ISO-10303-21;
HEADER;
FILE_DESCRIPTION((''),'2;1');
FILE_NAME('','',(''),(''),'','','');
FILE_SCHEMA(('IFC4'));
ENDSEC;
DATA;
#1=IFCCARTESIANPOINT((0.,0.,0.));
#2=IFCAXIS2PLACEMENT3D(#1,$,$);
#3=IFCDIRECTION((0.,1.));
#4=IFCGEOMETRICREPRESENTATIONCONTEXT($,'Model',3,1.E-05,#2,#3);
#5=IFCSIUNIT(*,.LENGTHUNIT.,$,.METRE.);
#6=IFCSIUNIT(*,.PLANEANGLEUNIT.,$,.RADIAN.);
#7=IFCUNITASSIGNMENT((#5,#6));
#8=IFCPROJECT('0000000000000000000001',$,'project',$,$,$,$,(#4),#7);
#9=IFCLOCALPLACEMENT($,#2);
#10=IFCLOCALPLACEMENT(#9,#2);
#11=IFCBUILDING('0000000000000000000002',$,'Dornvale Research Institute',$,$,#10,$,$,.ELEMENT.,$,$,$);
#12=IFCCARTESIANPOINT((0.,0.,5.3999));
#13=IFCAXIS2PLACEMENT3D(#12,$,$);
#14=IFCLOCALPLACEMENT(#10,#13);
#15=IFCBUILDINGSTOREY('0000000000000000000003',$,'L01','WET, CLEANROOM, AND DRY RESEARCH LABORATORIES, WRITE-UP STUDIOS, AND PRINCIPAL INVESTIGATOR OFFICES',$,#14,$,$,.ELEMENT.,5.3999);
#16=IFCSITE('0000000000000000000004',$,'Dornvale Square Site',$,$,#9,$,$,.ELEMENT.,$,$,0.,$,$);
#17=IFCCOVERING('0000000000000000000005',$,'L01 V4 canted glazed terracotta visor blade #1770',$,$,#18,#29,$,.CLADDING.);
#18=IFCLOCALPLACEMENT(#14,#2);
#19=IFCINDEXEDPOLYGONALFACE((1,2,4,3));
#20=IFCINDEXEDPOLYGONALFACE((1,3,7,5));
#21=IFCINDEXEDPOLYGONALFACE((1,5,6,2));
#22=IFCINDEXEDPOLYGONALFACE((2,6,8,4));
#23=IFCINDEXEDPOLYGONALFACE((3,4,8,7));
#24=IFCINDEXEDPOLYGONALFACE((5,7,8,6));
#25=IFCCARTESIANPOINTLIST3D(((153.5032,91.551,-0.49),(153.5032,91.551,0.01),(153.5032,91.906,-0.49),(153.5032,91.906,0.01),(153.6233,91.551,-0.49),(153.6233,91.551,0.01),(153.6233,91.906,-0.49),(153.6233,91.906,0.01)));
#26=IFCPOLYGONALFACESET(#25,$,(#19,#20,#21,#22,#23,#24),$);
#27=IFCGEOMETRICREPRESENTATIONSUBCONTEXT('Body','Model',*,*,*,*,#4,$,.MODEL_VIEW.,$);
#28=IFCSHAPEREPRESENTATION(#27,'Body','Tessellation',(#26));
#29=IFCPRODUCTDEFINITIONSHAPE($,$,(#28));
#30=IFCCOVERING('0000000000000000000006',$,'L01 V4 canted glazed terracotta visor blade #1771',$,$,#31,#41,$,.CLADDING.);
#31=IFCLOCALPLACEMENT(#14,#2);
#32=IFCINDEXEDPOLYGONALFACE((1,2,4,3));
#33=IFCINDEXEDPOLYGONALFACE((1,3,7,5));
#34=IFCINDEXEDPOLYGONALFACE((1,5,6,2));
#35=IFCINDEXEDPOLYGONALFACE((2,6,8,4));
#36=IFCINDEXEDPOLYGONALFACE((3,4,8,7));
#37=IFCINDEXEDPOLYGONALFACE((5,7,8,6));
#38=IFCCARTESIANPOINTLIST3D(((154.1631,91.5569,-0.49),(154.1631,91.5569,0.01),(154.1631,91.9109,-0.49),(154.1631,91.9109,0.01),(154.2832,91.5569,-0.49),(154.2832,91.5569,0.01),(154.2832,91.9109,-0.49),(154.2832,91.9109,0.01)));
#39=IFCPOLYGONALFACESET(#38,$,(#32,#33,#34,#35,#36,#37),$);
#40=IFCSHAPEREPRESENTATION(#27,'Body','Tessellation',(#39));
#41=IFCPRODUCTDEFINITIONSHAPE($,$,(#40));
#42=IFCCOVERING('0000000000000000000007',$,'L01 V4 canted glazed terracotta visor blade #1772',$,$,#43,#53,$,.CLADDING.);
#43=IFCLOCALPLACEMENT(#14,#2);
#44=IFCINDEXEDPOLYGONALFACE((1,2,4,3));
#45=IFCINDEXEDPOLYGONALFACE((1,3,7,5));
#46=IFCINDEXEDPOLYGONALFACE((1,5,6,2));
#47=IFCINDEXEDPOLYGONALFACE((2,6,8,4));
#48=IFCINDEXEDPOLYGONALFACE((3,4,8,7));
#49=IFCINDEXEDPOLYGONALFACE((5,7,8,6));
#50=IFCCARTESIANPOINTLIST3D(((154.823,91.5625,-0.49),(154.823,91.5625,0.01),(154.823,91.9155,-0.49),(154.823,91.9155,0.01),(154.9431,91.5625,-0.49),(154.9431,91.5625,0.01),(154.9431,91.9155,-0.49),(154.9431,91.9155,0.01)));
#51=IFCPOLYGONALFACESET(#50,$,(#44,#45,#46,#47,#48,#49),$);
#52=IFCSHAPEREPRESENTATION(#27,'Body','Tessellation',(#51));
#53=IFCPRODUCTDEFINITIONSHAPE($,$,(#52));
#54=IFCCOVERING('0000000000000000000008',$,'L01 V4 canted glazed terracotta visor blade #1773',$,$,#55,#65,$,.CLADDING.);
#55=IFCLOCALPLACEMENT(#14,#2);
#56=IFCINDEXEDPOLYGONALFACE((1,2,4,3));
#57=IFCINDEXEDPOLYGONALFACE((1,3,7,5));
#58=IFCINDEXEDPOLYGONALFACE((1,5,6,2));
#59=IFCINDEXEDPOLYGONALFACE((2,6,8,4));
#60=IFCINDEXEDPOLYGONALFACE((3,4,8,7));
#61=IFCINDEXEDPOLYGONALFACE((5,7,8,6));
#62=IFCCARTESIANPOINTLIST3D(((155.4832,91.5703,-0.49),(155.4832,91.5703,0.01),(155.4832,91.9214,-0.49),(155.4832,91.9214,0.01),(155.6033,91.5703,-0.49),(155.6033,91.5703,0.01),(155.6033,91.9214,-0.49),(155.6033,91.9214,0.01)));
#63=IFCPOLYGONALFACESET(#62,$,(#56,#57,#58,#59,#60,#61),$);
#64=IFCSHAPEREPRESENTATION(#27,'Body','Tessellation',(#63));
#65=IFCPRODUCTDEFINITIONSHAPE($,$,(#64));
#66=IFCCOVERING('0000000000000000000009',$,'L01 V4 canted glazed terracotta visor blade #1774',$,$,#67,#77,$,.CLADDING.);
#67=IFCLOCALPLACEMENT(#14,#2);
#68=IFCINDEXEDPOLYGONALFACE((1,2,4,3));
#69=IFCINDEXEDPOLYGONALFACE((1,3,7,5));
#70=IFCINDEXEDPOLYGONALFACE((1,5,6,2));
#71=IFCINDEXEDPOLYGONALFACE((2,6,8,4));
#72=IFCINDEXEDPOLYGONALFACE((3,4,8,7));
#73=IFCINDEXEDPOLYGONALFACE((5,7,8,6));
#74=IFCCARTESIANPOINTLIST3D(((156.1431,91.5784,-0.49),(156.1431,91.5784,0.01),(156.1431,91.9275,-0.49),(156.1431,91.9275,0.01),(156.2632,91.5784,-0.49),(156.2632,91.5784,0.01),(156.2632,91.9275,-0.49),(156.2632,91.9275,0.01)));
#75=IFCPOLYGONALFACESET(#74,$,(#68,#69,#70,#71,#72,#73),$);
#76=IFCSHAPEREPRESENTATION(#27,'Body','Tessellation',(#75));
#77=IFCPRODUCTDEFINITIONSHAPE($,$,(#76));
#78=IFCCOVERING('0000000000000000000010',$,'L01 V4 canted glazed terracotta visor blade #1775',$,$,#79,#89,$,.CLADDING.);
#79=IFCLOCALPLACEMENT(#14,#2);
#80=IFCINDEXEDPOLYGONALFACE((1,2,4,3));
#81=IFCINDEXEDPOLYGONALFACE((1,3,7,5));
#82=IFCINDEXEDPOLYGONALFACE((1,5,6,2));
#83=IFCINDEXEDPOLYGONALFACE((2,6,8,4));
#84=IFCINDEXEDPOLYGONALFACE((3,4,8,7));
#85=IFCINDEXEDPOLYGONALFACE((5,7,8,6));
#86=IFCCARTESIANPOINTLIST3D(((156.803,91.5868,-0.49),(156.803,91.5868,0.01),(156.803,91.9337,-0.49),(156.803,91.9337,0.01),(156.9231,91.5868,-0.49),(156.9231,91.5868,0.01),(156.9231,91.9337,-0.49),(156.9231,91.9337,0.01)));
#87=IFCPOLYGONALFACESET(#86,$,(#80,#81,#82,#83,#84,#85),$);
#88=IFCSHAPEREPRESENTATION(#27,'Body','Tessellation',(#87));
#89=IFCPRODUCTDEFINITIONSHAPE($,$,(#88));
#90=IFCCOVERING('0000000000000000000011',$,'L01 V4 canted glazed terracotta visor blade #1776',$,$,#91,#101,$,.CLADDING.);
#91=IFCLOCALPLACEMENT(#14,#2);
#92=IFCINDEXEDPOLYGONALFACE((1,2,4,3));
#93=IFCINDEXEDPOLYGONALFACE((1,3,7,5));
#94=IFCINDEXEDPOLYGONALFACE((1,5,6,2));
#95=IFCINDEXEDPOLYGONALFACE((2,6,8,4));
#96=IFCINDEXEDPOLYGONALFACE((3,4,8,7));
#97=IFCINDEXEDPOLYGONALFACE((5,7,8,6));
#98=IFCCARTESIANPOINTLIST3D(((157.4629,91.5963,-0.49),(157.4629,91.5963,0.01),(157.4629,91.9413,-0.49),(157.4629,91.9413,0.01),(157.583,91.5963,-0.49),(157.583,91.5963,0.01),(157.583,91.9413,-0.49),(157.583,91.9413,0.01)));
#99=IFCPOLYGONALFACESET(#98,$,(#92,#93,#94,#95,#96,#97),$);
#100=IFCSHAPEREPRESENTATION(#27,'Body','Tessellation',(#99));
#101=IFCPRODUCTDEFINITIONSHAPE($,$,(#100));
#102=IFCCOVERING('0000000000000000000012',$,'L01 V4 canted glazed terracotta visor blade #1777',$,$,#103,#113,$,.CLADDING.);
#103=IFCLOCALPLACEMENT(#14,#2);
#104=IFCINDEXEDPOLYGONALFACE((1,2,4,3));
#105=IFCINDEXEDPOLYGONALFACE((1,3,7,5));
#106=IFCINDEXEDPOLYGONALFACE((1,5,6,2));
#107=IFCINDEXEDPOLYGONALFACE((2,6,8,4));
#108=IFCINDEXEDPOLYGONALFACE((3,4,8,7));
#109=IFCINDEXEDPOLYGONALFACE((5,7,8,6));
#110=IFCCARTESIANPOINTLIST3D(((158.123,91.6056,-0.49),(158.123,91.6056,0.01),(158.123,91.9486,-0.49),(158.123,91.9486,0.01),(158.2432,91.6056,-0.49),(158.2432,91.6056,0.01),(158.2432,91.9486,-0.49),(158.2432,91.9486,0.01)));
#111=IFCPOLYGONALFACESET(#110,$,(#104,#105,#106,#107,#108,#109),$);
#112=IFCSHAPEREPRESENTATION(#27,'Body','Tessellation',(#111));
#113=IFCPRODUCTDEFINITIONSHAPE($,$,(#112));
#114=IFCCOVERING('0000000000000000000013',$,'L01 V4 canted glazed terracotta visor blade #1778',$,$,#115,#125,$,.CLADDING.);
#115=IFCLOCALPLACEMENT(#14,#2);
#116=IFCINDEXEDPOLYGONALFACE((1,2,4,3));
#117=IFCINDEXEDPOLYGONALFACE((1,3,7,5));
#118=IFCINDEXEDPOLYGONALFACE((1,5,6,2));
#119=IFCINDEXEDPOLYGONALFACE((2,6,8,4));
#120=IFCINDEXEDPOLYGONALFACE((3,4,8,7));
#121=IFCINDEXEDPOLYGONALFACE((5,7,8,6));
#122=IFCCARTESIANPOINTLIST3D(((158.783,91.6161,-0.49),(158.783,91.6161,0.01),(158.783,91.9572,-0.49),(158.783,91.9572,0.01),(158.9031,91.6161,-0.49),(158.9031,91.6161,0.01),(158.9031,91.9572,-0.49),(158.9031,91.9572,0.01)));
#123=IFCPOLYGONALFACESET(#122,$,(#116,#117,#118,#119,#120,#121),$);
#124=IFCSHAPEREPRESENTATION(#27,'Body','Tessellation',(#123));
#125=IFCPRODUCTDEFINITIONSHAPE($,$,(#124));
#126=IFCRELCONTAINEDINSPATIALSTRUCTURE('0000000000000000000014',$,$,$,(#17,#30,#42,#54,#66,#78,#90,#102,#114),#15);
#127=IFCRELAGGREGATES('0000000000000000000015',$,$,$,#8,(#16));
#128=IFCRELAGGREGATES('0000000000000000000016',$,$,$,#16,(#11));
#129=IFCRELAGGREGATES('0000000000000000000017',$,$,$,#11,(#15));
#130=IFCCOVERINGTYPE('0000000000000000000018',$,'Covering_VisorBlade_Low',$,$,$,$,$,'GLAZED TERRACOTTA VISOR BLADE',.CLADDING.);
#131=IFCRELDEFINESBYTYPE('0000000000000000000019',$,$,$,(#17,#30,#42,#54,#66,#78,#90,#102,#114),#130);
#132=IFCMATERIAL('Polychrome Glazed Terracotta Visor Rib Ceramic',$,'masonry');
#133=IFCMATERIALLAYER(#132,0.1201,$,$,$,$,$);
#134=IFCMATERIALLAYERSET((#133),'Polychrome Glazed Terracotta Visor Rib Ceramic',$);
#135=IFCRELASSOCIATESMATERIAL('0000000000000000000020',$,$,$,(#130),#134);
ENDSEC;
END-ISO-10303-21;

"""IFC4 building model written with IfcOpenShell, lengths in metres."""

from ifc_helpers import new_model, si_unit, direction, frame, origin, origin_2d, place, context, subcontext, project, spatial, rectangle, extrude, material, layer, layer_set, type_object, element, save


model = new_model("IFC4")

# Units and contexts
model_context = context("Model", 3, precision=1e-05, world=origin(), true_north=direction((0.0, 1.0)))
body_context = subcontext(model_context, "Body", "Model", "MODEL_VIEW")
ifc_project = project(units=[si_unit("LENGTHUNIT", "METRE"), si_unit("PLANEANGLEUNIT", "RADIAN")], contexts=[model_context])

# Site, building, storey
site_placement = place(None, origin())
site = spatial("IfcSite", under=ifc_project, at=site_placement, Name="Dornvale Square Site", CompositionType="ELEMENT", RefElevation=0.0)
building_placement = place(site_placement, origin())
building = spatial("IfcBuilding", under=site, at=building_placement, Name="Dornvale Research Institute", CompositionType="ELEMENT")
storey_placement = place(building_placement, frame((0.0, 0.0, 5.3999)))
storey = spatial("IfcBuildingStorey", under=building, at=storey_placement, Name="L01", Description="WET, CLEANROOM, AND DRY RESEARCH LABORATORIES, WRITE-UP STUDIOS, AND PRINCIPAL INVESTIGATOR OFFICES", CompositionType="ELEMENT", Elevation=5.3999)

# Coverings
ifc_material_1 = material(Name="Polychrome Glazed Terracotta Visor Rib Ceramic", Category="masonry")
ifc_layer_1 = layer(ifc_material_1, 0.1201)
ifc_layer_set_1 = layer_set([ifc_layer_1], Name="Polychrome Glazed Terracotta Visor Rib Ceramic")
covering_type = type_object("IfcCoveringType", Name="Covering_VisorBlade_Low", ElementType="GLAZED TERRACOTTA VISOR BLADE", PredefinedType="CLADDING", material=ifc_layer_set_1)
covering_1_placement = place(storey_placement, frame((153.5632, 91.7285, -0.49), z_axis=(0.0, 0.0, 1.0), x_axis=(0.0, 1.0, 0.0)))
element("IfcCovering", 1, at=covering_1_placement, inside=storey, type_object=covering_type, Name="L01 V4 canted glazed terracotta visor blade #1770", PredefinedType="CLADDING", context=body_context, shape_type="SweptSolid", body=[
    extrude(rectangle(XDim=0.355, YDim=0.1201, at=origin_2d()), origin(), (0.0, 0.0, 1.0), 0.5),
])
covering_2_placement = place(storey_placement, frame((154.2231, 91.7339, -0.49), z_axis=(0.0, 0.0, 1.0), x_axis=(0.0, 1.0, 0.0)))
element("IfcCovering", 2, at=covering_2_placement, inside=storey, type_object=covering_type, Name="L01 V4 canted glazed terracotta visor blade #1771", PredefinedType="CLADDING", context=body_context, shape_type="SweptSolid", body=[
    extrude(rectangle(XDim=0.354, YDim=0.1201, at=origin_2d()), origin(), (0.0, 0.0, 1.0), 0.5),
])
covering_3_placement = place(storey_placement, frame((154.8831, 91.739, -0.49), z_axis=(0.0, 0.0, 1.0), x_axis=(0.0, 1.0, 0.0)))
element("IfcCovering", 3, at=covering_3_placement, inside=storey, type_object=covering_type, Name="L01 V4 canted glazed terracotta visor blade #1772", PredefinedType="CLADDING", context=body_context, shape_type="SweptSolid", body=[
    extrude(rectangle(XDim=0.353, YDim=0.1201, at=origin_2d()), origin(), (0.0, 0.0, 1.0), 0.5),
])
covering_4_placement = place(storey_placement, frame((155.5432, 91.7458, -0.49), z_axis=(0.0, 0.0, 1.0), x_axis=(0.0, 1.0, 0.0)))
element("IfcCovering", 4, at=covering_4_placement, inside=storey, type_object=covering_type, Name="L01 V4 canted glazed terracotta visor blade #1773", PredefinedType="CLADDING", context=body_context, shape_type="SweptSolid", body=[
    extrude(rectangle(XDim=0.3511, YDim=0.1201, at=origin_2d()), origin(), (0.0, 0.0, 1.0), 0.5),
])
covering_5_placement = place(storey_placement, frame((156.2031, 91.7529, -0.49), z_axis=(0.0, 0.0, 1.0), x_axis=(0.0, 1.0, 0.0)))
element("IfcCovering", 5, at=covering_5_placement, inside=storey, type_object=covering_type, Name="L01 V4 canted glazed terracotta visor blade #1774", PredefinedType="CLADDING", context=body_context, shape_type="SweptSolid", body=[
    extrude(rectangle(XDim=0.3491, YDim=0.1201, at=origin_2d()), origin(), (0.0, 0.0, 1.0), 0.5),
])
covering_6_placement = place(storey_placement, frame((156.863, 91.7603, -0.49), z_axis=(0.0, 0.0, 1.0), x_axis=(0.0, 1.0, 0.0)))
element("IfcCovering", 6, at=covering_6_placement, inside=storey, type_object=covering_type, Name="L01 V4 canted glazed terracotta visor blade #1775", PredefinedType="CLADDING", context=body_context, shape_type="SweptSolid", body=[
    extrude(rectangle(XDim=0.3469, YDim=0.1201, at=origin_2d()), origin(), (0.0, 0.0, 1.0), 0.5),
])
covering_7_placement = place(storey_placement, frame((157.5229, 91.7688, -0.49), z_axis=(0.0, 0.0, 1.0), x_axis=(0.0, 1.0, 0.0)))
element("IfcCovering", 7, at=covering_7_placement, inside=storey, type_object=covering_type, Name="L01 V4 canted glazed terracotta visor blade #1776", PredefinedType="CLADDING", context=body_context, shape_type="SweptSolid", body=[
    extrude(rectangle(XDim=0.345, YDim=0.1201, at=origin_2d()), origin(), (0.0, 0.0, 1.0), 0.5),
])
covering_8_placement = place(storey_placement, frame((158.1831, 91.7771, -0.49), z_axis=(0.0, 0.0, 1.0), x_axis=(0.0, 1.0, 0.0)))
element("IfcCovering", 8, at=covering_8_placement, inside=storey, type_object=covering_type, Name="L01 V4 canted glazed terracotta visor blade #1777", PredefinedType="CLADDING", context=body_context, shape_type="SweptSolid", body=[
    extrude(rectangle(XDim=0.343, YDim=0.1201, at=origin_2d()), origin(), (0.0, 0.0, 1.0), 0.5),
])
covering_9_placement = place(storey_placement, frame((158.843, 91.7866, -0.49), z_axis=(0.0, 0.0, 1.0), x_axis=(0.0, 1.0, 0.0)))
element("IfcCovering", 9, at=covering_9_placement, inside=storey, type_object=covering_type, Name="L01 V4 canted glazed terracotta visor blade #1778", PredefinedType="CLADDING", context=body_context, shape_type="SweptSolid", body=[
    extrude(rectangle(XDim=0.3411, YDim=0.1201, at=origin_2d()), origin(), (0.0, 0.0, 1.0), 0.5),
])

save(model, "model.ifc")
